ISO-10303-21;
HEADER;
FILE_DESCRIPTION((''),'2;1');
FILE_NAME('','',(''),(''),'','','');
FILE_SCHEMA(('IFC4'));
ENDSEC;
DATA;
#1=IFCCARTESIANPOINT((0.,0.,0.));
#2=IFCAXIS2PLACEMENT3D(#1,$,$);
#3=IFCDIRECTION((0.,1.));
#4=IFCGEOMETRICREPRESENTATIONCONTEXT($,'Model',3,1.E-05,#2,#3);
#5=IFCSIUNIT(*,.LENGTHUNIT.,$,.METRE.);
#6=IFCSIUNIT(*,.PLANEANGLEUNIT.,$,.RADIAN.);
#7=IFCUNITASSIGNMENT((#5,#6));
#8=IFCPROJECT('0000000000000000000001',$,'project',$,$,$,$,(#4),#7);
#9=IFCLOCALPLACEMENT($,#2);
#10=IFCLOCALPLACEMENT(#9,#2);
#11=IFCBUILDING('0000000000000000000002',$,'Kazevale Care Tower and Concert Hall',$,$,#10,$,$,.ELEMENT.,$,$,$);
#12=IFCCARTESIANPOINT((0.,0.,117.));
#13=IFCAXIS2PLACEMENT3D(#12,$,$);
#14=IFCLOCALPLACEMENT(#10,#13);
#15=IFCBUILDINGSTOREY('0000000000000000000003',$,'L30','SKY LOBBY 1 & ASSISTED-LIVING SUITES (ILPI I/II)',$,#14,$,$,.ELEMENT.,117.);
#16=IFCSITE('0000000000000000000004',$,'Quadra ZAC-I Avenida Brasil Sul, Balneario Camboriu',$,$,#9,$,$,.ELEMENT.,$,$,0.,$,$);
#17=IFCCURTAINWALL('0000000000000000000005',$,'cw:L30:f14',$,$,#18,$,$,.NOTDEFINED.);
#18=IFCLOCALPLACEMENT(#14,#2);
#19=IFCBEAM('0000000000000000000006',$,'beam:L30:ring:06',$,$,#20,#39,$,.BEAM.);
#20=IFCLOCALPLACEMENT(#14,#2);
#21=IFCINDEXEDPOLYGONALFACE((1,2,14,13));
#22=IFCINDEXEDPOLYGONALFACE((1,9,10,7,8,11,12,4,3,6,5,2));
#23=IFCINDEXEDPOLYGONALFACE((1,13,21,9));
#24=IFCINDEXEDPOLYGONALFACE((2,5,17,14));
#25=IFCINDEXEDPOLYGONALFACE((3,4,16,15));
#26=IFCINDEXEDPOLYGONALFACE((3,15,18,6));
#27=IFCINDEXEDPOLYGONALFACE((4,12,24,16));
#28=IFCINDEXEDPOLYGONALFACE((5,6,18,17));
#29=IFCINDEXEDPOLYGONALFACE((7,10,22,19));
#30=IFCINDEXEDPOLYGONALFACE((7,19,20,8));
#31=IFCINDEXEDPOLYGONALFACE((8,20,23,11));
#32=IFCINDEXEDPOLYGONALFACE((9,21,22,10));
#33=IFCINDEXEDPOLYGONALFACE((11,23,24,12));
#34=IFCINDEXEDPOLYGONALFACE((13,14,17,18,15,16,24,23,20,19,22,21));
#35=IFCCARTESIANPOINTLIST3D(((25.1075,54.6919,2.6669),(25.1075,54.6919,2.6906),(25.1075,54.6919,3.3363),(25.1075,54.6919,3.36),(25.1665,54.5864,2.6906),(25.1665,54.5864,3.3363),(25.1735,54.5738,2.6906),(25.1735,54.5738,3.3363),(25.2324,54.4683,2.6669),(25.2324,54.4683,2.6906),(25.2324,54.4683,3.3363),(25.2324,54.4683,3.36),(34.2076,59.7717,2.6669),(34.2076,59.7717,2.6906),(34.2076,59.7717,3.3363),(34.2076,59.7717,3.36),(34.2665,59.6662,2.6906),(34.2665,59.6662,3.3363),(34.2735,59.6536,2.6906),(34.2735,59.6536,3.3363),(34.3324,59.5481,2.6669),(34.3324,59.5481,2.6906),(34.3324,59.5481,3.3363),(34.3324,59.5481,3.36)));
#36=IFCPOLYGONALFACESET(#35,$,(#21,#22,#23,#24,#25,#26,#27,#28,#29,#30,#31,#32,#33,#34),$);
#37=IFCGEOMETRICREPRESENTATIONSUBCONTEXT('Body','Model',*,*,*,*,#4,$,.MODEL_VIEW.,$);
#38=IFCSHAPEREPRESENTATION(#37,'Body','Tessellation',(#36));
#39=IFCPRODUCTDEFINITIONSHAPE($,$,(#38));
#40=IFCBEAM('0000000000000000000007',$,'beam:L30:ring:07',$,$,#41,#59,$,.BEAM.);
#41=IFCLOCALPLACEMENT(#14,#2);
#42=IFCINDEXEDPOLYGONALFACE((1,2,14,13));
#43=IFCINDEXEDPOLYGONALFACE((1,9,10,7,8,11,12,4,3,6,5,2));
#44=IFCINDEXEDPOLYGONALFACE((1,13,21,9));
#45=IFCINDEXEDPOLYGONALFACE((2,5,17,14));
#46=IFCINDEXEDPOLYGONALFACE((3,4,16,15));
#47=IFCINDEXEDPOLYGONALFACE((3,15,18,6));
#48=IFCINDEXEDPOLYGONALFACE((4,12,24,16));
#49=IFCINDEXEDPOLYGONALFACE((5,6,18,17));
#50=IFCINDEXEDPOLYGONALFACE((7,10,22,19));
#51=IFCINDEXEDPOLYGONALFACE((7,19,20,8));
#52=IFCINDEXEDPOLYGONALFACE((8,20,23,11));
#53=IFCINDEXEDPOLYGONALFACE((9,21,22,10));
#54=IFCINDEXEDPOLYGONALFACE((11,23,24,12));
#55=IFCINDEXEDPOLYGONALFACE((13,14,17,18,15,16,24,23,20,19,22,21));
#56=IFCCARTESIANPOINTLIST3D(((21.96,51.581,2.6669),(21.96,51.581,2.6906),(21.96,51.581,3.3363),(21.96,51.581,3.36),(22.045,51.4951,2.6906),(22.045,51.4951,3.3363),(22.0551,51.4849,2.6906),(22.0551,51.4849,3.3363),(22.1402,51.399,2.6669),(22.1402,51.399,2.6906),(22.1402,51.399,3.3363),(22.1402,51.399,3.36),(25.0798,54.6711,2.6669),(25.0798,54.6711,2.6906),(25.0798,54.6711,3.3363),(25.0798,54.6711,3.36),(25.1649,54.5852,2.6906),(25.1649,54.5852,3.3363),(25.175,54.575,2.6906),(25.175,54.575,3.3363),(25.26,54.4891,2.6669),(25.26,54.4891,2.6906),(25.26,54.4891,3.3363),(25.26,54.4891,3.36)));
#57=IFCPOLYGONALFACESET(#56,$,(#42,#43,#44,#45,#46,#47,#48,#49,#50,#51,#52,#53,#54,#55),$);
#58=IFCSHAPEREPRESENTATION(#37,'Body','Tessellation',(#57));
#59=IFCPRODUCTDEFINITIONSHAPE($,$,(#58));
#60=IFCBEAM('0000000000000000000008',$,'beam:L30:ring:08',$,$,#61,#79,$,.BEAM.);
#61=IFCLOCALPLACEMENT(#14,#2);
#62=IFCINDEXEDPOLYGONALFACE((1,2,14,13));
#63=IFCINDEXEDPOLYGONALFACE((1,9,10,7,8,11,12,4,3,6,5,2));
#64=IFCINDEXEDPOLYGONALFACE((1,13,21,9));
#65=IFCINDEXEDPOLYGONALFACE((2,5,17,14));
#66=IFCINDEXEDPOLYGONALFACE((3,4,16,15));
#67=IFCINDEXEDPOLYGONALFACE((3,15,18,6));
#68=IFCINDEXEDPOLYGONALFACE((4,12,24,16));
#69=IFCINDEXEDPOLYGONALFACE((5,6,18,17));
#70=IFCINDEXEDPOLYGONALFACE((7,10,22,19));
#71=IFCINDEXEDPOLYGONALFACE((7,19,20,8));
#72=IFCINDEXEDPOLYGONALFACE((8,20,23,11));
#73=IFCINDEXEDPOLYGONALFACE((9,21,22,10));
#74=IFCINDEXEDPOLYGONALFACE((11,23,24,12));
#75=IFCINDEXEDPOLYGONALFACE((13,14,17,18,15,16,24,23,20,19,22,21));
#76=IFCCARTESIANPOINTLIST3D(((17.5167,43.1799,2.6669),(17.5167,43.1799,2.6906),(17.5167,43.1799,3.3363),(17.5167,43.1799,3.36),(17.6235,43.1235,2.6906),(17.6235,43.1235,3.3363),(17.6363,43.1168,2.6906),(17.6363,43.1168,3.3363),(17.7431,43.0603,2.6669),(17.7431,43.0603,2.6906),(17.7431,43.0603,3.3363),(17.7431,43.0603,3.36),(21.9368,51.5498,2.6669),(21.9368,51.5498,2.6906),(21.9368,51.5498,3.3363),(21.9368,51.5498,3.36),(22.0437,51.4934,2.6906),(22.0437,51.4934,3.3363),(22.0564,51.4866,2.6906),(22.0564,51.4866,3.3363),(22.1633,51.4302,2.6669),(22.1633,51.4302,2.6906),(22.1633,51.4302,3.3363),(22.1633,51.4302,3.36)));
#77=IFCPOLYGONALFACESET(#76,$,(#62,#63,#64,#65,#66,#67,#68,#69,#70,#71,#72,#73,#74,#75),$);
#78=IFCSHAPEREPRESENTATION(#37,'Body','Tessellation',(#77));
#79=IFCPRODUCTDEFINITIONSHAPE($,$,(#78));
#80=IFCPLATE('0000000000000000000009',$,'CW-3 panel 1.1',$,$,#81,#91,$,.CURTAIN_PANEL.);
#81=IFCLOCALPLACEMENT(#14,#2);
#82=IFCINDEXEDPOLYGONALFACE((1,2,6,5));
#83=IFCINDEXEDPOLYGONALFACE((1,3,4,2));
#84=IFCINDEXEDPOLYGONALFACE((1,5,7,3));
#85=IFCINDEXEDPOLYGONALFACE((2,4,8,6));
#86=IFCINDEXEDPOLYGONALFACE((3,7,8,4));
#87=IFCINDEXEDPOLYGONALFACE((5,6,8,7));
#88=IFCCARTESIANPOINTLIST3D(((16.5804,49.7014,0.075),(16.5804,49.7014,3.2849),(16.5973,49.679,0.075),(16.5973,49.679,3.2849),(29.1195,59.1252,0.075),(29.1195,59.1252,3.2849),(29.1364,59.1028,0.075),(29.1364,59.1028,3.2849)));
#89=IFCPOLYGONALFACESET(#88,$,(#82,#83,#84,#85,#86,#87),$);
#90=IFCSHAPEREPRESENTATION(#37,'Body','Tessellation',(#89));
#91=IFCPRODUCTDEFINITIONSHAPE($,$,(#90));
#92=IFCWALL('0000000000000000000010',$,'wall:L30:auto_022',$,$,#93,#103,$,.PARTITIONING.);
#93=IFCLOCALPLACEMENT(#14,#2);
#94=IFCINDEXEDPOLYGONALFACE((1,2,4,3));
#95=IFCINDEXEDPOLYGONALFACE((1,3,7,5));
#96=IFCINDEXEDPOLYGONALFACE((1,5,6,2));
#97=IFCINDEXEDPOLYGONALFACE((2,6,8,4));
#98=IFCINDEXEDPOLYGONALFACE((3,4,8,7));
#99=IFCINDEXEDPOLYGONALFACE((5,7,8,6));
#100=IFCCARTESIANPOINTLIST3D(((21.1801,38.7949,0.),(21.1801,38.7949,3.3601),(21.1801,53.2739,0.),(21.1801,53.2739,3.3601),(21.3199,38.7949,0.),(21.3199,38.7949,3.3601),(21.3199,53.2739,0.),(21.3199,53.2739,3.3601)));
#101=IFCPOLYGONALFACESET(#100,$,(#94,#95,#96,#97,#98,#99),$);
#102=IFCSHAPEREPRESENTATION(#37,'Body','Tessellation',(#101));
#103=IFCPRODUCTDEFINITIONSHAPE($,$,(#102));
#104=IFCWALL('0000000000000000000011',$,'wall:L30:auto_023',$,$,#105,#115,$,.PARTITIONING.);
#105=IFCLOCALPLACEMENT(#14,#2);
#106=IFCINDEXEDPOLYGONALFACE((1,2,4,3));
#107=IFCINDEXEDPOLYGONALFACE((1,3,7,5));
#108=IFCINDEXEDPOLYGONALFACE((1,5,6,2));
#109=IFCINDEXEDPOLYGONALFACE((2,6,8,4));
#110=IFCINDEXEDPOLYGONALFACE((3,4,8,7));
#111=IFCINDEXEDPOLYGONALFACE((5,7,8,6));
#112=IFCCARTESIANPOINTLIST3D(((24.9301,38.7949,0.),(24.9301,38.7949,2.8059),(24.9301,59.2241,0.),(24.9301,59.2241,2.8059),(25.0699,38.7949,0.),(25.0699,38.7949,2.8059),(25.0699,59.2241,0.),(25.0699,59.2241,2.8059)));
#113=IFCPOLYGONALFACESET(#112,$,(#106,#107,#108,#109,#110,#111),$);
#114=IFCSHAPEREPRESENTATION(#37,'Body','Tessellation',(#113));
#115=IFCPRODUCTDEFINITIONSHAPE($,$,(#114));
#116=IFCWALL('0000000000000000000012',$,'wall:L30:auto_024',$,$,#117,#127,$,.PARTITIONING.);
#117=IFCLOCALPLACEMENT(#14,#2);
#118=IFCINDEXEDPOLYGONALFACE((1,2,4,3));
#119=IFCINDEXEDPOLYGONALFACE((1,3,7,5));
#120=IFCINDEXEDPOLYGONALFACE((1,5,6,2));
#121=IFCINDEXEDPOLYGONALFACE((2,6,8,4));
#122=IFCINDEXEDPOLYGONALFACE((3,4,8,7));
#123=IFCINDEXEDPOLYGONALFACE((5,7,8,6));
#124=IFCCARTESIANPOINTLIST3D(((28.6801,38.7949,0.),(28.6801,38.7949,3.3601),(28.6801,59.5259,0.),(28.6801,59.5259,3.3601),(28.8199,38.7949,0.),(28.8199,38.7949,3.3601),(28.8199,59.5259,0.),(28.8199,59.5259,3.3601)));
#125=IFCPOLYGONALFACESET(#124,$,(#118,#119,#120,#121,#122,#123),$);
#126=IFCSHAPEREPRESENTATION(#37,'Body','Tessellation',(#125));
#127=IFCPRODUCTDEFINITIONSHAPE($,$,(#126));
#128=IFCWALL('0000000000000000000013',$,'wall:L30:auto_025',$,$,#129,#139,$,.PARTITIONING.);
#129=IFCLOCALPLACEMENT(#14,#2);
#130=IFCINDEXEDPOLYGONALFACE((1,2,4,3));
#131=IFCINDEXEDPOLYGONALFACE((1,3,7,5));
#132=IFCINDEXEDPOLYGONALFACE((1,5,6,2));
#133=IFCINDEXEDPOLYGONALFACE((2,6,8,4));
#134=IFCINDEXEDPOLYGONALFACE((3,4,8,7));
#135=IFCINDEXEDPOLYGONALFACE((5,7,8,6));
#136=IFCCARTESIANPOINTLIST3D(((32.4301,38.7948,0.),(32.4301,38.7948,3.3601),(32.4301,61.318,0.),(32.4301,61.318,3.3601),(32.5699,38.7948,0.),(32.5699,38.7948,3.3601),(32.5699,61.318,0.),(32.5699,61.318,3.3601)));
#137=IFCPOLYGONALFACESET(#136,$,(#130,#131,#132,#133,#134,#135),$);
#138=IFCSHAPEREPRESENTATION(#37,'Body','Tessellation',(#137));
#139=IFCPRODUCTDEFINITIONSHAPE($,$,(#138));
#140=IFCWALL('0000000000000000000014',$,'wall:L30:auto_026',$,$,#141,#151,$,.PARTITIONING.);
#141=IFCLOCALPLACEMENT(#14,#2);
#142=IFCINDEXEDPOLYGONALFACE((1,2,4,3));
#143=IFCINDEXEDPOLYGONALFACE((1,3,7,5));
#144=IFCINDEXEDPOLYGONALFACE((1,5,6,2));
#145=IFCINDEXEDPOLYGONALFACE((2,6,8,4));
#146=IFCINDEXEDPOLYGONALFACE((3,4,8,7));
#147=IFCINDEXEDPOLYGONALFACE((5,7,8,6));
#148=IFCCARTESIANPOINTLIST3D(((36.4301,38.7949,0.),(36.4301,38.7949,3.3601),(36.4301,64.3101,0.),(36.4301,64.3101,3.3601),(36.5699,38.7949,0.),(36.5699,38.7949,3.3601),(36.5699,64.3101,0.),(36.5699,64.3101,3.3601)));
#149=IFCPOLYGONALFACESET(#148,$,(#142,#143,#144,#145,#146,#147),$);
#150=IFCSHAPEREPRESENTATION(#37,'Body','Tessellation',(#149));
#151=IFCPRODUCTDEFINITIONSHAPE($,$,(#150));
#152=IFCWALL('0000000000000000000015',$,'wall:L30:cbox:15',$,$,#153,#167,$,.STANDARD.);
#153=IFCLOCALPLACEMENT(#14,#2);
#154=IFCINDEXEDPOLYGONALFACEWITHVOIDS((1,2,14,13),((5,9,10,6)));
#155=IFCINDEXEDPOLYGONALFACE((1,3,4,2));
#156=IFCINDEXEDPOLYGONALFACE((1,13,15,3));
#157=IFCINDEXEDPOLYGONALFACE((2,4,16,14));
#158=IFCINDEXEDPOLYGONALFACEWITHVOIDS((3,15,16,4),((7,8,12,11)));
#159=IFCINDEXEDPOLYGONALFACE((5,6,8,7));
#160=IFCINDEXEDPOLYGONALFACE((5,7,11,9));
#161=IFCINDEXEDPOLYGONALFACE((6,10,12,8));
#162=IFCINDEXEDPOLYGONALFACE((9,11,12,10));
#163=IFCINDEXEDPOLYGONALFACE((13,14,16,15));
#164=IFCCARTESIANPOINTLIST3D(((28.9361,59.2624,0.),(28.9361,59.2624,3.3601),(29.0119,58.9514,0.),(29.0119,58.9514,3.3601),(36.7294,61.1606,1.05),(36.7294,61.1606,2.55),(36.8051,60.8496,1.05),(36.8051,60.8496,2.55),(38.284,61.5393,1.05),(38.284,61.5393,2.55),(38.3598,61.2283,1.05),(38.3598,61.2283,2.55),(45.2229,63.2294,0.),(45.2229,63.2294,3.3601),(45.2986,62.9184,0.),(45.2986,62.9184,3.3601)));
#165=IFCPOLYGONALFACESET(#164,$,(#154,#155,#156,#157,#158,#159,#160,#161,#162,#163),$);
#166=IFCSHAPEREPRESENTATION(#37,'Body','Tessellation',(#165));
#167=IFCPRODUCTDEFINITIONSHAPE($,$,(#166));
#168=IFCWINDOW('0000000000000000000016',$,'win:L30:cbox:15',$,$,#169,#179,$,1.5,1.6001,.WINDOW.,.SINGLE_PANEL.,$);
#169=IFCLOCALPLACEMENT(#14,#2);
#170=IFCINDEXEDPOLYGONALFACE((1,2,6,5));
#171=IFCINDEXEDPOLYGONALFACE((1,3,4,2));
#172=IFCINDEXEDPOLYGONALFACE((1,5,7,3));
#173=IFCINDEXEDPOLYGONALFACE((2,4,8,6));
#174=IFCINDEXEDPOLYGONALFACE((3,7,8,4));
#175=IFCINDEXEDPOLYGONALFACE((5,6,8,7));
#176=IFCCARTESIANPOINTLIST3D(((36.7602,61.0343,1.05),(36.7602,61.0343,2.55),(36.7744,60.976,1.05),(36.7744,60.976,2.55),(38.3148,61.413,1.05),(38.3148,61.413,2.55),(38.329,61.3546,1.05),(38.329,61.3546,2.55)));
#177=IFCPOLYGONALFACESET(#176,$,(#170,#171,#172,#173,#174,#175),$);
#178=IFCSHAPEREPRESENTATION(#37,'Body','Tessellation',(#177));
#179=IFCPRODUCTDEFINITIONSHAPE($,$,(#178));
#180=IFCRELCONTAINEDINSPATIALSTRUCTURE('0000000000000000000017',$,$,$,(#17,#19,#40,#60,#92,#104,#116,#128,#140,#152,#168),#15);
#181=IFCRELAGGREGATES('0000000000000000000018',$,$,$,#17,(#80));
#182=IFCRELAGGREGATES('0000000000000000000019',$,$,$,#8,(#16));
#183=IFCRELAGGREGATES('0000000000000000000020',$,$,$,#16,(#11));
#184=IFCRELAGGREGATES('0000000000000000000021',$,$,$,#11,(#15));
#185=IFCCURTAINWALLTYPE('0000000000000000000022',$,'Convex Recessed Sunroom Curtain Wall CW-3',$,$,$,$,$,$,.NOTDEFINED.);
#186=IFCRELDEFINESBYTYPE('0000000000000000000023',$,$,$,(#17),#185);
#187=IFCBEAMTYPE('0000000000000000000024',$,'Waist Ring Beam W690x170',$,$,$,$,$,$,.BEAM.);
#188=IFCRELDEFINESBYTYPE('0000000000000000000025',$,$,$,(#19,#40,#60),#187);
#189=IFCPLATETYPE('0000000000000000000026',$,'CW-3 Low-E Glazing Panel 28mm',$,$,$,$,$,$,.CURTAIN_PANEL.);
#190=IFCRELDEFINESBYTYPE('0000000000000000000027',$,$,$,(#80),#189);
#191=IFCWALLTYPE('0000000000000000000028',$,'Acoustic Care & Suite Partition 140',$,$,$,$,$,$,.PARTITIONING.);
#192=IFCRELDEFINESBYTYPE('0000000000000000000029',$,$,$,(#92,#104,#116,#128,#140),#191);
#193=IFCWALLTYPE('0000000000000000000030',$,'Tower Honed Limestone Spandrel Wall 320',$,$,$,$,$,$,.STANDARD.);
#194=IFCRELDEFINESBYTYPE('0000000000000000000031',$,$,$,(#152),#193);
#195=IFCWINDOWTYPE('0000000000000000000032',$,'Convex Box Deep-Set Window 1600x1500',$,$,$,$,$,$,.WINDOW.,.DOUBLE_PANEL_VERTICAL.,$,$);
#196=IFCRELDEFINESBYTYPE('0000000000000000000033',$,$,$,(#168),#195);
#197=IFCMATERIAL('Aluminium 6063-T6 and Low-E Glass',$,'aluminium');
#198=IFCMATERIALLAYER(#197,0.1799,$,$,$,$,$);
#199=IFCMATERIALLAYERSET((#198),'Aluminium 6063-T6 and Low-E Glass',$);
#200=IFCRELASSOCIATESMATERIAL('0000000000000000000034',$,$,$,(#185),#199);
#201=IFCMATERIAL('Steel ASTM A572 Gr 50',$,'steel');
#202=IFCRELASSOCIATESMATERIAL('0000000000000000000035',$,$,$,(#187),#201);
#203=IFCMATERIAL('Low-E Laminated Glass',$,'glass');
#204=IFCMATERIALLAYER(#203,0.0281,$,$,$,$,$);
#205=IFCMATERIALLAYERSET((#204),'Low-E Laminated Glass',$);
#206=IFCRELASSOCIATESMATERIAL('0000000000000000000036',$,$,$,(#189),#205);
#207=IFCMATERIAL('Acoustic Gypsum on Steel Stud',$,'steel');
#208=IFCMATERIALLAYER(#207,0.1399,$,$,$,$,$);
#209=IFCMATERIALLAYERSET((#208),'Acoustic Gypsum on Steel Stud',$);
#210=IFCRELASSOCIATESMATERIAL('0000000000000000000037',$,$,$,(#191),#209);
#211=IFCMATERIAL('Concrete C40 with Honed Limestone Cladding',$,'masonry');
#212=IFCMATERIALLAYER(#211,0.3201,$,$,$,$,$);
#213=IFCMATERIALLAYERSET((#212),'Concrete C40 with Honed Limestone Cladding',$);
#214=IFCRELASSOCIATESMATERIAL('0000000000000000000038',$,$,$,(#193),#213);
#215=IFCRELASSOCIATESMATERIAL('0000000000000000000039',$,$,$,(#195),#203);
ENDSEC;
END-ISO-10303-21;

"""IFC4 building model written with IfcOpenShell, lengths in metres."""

from ifc_helpers import new_model, si_unit, direction, frame, frame_2d, origin, origin_2d, place, context, subcontext, project, spatial, rectangle, i_section, extrude, material, layer, layer_set, material_profile, profile_set, type_object, element, fill, aggregate, save


model = new_model("IFC4")

# Units and contexts
model_context = context("Model", 3, precision=1e-05, world=origin(), true_north=direction((0.0, 1.0)))
body_context = subcontext(model_context, "Body", "Model", "MODEL_VIEW")
ifc_project = project(units=[si_unit("LENGTHUNIT", "METRE"), si_unit("PLANEANGLEUNIT", "RADIAN")], contexts=[model_context])

# Site, building, storey
site_placement = place(None, origin())
site = spatial("IfcSite", under=ifc_project, at=site_placement, Name="Quadra ZAC-I Avenida Brasil Sul, Balneario Camboriu", CompositionType="ELEMENT", RefElevation=0.0)
building_placement = place(site_placement, origin())
building = spatial("IfcBuilding", under=site, at=building_placement, Name="Kazevale Care Tower and Concert Hall", CompositionType="ELEMENT")
storey_placement = place(building_placement, frame((0.0, 0.0, 117.0)))
storey = spatial("IfcBuildingStorey", under=building, at=storey_placement, Name="L30", Description="SKY LOBBY 1 & ASSISTED-LIVING SUITES (ILPI I/II)", CompositionType="ELEMENT", Elevation=117.0)

# Curtain wall
ifc_material_1 = material(Name="Aluminium 6063-T6 and Low-E Glass", Category="aluminium")
ifc_layer_1 = layer(ifc_material_1, 0.1799)
ifc_layer_set_1 = layer_set([ifc_layer_1], Name="Aluminium 6063-T6 and Low-E Glass")
curtain_wall_type = type_object("IfcCurtainWallType", Name="Convex Recessed Sunroom Curtain Wall CW-3", PredefinedType="NOTDEFINED", material=ifc_layer_set_1)
curtain_wall_placement = place(storey_placement, origin())
curtain_wall = element("IfcCurtainWall", 1, at=curtain_wall_placement, inside=storey, type_object=curtain_wall_type, Name="cw:L30:f14", PredefinedType="NOTDEFINED")

# Beams
ifc_material_2 = material(Name="Steel ASTM A572 Gr 50", Category="steel")
ifc_material_profile_1 = material_profile(ifc_material_2, i_section(OverallWidth=0.2561, OverallDepth=0.6931, WebThickness=0.0144, FlangeThickness=0.0237, at=origin_2d()), Name="W690x170")
ifc_profile_set_1 = profile_set([ifc_material_profile_1], Name="Steel ASTM A572 Gr 50")
beam_type = type_object("IfcBeamType", Name="Waist Ring Beam W690x170", PredefinedType="BEAM", material=ifc_profile_set_1)
beam_1_placement = place(storey_placement, frame((34.27, 59.6599, 3.0134), z_axis=(-0.873169, -0.487418, 0.0), x_axis=(0.487418, -0.873169, 0.0)))
element("IfcBeam", 2, at=beam_1_placement, inside=storey, type_object=beam_type, Name="beam:L30:ring:06", PredefinedType="BEAM", context=body_context, shape_type="SweptSolid", body=[
    extrude(i_section(OverallWidth=0.2561, OverallDepth=0.6931, WebThickness=0.0144, FlangeThickness=0.0237, at=origin_2d()), origin(), (0.0, 0.0, 1.0), 10.4219),
])
beam_2_placement = place(storey_placement, frame((25.1699, 54.5801, 3.0134), z_axis=(-0.71049, -0.703707, 0.0), x_axis=(0.703707, -0.71049, 0.0)))
element("IfcBeam", 3, at=beam_2_placement, inside=storey, type_object=beam_type, Name="beam:L30:ring:07", PredefinedType="BEAM", context=body_context, shape_type="SweptSolid", body=[
    extrude(i_section(OverallWidth=0.2561, OverallDepth=0.6931, WebThickness=0.0144, FlangeThickness=0.0237, at=origin_2d()), origin(), (0.0, 0.0, 1.0), 4.3911),
])
beam_3_placement = place(storey_placement, frame((22.05, 51.49, 3.0134), z_axis=(-0.466984, -0.884266, 0.0), x_axis=(0.884266, -0.466984, 0.0)))
element("IfcBeam", 4, at=beam_3_placement, inside=storey, type_object=beam_type, Name="beam:L30:ring:08", PredefinedType="BEAM", context=body_context, shape_type="SweptSolid", body=[
    extrude(i_section(OverallWidth=0.2561, OverallDepth=0.6931, WebThickness=0.0144, FlangeThickness=0.0237, at=origin_2d()), origin(), (0.0, 0.0, 1.0), 9.4653),
])

# Plate
ifc_material_3 = material(Name="Low-E Laminated Glass", Category="glass")
ifc_layer_2 = layer(ifc_material_3, 0.0281)
ifc_layer_set_2 = layer_set([ifc_layer_2], Name="Low-E Laminated Glass")
plate_type = type_object("IfcPlateType", Name="CW-3 Low-E Glazing Panel 28mm", PredefinedType="CURTAIN_PANEL", material=ifc_layer_set_2)
plate_placement = place(storey_placement, frame((22.8584, 54.4021, 0.075), z_axis=(0.0, 0.0, 1.0), x_axis=(0.799401, 0.600798, 0.0)))
plate = element("IfcPlate", 5, at=plate_placement, type_object=plate_type, Name="CW-3 panel 1.1", PredefinedType="CURTAIN_PANEL", context=body_context, shape_type="SweptSolid", body=[
    extrude(rectangle(XDim=15.6855, YDim=0.0281, at=origin_2d()), origin(), (0.0, 0.0, 1.0), 3.21),
])
aggregate(curtain_wall, [plate])

# Walls
ifc_material_4 = material(Name="Acoustic Gypsum on Steel Stud", Category="steel")
ifc_layer_3 = layer(ifc_material_4, 0.1399)
ifc_layer_set_3 = layer_set([ifc_layer_3], Name="Acoustic Gypsum on Steel Stud")
wall_type_1 = type_object("IfcWallType", Name="Acoustic Care & Suite Partition 140", PredefinedType="PARTITIONING", material=ifc_layer_set_3)
wall_1_placement = place(storey_placement, frame((21.25, 53.2739, 0.0), z_axis=(0.0, 0.0, 1.0), x_axis=(0.0, -1.0, 0.0)))
element("IfcWall", 6, at=wall_1_placement, inside=storey, type_object=wall_type_1, Name="wall:L30:auto_022", PredefinedType="PARTITIONING", context=body_context, shape_type="SweptSolid", body=[
    extrude(rectangle(XDim=14.479, YDim=0.1399, at=frame_2d((7.2395, 0.0))), origin(), (0.0, 0.0, 1.0), 3.3601),
])
wall_2_placement = place(storey_placement, frame((25.0, 59.2241, 0.0), z_axis=(0.0, 0.0, 1.0), x_axis=(0.0, -1.0, 0.0)))
element("IfcWall", 7, at=wall_2_placement, inside=storey, type_object=wall_type_1, Name="wall:L30:auto_023", PredefinedType="PARTITIONING", context=body_context, shape_type="SweptSolid", body=[
    extrude(rectangle(XDim=20.4292, YDim=0.1399, at=frame_2d((10.2146, 0.0))), origin(), (0.0, 0.0, 1.0), 2.8059),
])
wall_3_placement = place(storey_placement, frame((28.75, 59.5259, 0.0), z_axis=(0.0, 0.0, 1.0), x_axis=(0.0, -1.0, 0.0)))
element("IfcWall", 8, at=wall_3_placement, inside=storey, type_object=wall_type_1, Name="wall:L30:auto_024", PredefinedType="PARTITIONING", context=body_context, shape_type="SweptSolid", body=[
    extrude(rectangle(XDim=20.731, YDim=0.1399, at=frame_2d((10.3655, 0.0))), origin(), (0.0, 0.0, 1.0), 3.3601),
])
wall_4_placement = place(storey_placement, frame((32.5, 61.3181, 0.0), z_axis=(0.0, 0.0, 1.0), x_axis=(0.0, -1.0, 0.0)))
element("IfcWall", 9, at=wall_4_placement, inside=storey, type_object=wall_type_1, Name="wall:L30:auto_025", PredefinedType="PARTITIONING", context=body_context, shape_type="SweptSolid", body=[
    extrude(rectangle(XDim=22.5232, YDim=0.1399, at=frame_2d((11.2617, 0.0))), origin(), (0.0, 0.0, 1.0), 3.3601),
])
wall_5_placement = place(storey_placement, frame((36.5, 64.3101, 0.0), z_axis=(0.0, 0.0, 1.0), x_axis=(0.0, -1.0, 0.0)))
element("IfcWall", 10, at=wall_5_placement, inside=storey, type_object=wall_type_1, Name="wall:L30:auto_026", PredefinedType="PARTITIONING", context=body_context, shape_type="SweptSolid", body=[
    extrude(rectangle(XDim=25.5151, YDim=0.1399, at=frame_2d((12.7576, 0.0))), origin(), (0.0, 0.0, 1.0), 3.3601),
])

# Wall, opening, window
ifc_material_5 = material(Name="Concrete C40 with Honed Limestone Cladding", Category="masonry")
ifc_layer_4 = layer(ifc_material_5, 0.3201)
ifc_layer_set_4 = layer_set([ifc_layer_4], Name="Concrete C40 with Honed Limestone Cladding")
wall_type_2 = type_object("IfcWallType", Name="Tower Honed Limestone Spandrel Wall 320", PredefinedType="STANDARD", material=ifc_layer_set_4)
wall_6_placement = place(storey_placement, frame((28.9741, 59.1069, 0.0), z_axis=(0.0, 0.0, 1.0), x_axis=(0.971594, 0.236654, 0.0)))
wall_6 = element("IfcWall", 11, at=wall_6_placement, inside=storey, type_object=wall_type_2, Name="wall:L30:cbox:15", PredefinedType="STANDARD", context=body_context, shape_type="SweptSolid", body=[
    extrude(rectangle(XDim=16.7629, YDim=0.3201, at=frame_2d((8.3813, 0.0))), origin(), (0.0, 0.0, 1.0), 3.3601),
])
opening_placement = place(wall_6_placement, frame((8.021, 0.0, 1.05)))
opening = element("IfcOpeningElement", 12, at=opening_placement, cuts=wall_6, PredefinedType="OPENING", context=body_context, shape_type="SweptSolid", body=[
    extrude(rectangle(XDim=1.6001, YDim=1.5, at=frame_2d((0.8, 0.75))), frame((0.0, 0.1699, 0.0), z_axis=(0.0, -1.0, 0.0), x_axis=(1.0, 0.0, 0.0)), (0.0, 0.0, 1.0), 0.3401),
])
window_type = type_object("IfcWindowType", Name="Convex Box Deep-Set Window 1600x1500", PartitioningType="DOUBLE_PANEL_VERTICAL", PredefinedType="WINDOW", material=ifc_material_3)
window_placement = place(opening_placement, origin())
window = element("IfcWindow", 13, at=window_placement, inside=storey, type_object=window_type, Name="win:L30:cbox:15", OverallHeight=1.5, OverallWidth=1.6001, PartitioningType="SINGLE_PANEL", PredefinedType="WINDOW", context=body_context, shape_type="SweptSolid", body=[
    extrude(rectangle(XDim=1.6001, YDim=1.5, at=frame_2d((0.8, 0.75))), frame((0.0, 0.03, 0.0), z_axis=(0.0, -1.0, 0.0), x_axis=(1.0, 0.0, 0.0)), (0.0, 0.0, 1.0), 0.0601),
])
fill(opening, window)

save(model, "model.ifc")
